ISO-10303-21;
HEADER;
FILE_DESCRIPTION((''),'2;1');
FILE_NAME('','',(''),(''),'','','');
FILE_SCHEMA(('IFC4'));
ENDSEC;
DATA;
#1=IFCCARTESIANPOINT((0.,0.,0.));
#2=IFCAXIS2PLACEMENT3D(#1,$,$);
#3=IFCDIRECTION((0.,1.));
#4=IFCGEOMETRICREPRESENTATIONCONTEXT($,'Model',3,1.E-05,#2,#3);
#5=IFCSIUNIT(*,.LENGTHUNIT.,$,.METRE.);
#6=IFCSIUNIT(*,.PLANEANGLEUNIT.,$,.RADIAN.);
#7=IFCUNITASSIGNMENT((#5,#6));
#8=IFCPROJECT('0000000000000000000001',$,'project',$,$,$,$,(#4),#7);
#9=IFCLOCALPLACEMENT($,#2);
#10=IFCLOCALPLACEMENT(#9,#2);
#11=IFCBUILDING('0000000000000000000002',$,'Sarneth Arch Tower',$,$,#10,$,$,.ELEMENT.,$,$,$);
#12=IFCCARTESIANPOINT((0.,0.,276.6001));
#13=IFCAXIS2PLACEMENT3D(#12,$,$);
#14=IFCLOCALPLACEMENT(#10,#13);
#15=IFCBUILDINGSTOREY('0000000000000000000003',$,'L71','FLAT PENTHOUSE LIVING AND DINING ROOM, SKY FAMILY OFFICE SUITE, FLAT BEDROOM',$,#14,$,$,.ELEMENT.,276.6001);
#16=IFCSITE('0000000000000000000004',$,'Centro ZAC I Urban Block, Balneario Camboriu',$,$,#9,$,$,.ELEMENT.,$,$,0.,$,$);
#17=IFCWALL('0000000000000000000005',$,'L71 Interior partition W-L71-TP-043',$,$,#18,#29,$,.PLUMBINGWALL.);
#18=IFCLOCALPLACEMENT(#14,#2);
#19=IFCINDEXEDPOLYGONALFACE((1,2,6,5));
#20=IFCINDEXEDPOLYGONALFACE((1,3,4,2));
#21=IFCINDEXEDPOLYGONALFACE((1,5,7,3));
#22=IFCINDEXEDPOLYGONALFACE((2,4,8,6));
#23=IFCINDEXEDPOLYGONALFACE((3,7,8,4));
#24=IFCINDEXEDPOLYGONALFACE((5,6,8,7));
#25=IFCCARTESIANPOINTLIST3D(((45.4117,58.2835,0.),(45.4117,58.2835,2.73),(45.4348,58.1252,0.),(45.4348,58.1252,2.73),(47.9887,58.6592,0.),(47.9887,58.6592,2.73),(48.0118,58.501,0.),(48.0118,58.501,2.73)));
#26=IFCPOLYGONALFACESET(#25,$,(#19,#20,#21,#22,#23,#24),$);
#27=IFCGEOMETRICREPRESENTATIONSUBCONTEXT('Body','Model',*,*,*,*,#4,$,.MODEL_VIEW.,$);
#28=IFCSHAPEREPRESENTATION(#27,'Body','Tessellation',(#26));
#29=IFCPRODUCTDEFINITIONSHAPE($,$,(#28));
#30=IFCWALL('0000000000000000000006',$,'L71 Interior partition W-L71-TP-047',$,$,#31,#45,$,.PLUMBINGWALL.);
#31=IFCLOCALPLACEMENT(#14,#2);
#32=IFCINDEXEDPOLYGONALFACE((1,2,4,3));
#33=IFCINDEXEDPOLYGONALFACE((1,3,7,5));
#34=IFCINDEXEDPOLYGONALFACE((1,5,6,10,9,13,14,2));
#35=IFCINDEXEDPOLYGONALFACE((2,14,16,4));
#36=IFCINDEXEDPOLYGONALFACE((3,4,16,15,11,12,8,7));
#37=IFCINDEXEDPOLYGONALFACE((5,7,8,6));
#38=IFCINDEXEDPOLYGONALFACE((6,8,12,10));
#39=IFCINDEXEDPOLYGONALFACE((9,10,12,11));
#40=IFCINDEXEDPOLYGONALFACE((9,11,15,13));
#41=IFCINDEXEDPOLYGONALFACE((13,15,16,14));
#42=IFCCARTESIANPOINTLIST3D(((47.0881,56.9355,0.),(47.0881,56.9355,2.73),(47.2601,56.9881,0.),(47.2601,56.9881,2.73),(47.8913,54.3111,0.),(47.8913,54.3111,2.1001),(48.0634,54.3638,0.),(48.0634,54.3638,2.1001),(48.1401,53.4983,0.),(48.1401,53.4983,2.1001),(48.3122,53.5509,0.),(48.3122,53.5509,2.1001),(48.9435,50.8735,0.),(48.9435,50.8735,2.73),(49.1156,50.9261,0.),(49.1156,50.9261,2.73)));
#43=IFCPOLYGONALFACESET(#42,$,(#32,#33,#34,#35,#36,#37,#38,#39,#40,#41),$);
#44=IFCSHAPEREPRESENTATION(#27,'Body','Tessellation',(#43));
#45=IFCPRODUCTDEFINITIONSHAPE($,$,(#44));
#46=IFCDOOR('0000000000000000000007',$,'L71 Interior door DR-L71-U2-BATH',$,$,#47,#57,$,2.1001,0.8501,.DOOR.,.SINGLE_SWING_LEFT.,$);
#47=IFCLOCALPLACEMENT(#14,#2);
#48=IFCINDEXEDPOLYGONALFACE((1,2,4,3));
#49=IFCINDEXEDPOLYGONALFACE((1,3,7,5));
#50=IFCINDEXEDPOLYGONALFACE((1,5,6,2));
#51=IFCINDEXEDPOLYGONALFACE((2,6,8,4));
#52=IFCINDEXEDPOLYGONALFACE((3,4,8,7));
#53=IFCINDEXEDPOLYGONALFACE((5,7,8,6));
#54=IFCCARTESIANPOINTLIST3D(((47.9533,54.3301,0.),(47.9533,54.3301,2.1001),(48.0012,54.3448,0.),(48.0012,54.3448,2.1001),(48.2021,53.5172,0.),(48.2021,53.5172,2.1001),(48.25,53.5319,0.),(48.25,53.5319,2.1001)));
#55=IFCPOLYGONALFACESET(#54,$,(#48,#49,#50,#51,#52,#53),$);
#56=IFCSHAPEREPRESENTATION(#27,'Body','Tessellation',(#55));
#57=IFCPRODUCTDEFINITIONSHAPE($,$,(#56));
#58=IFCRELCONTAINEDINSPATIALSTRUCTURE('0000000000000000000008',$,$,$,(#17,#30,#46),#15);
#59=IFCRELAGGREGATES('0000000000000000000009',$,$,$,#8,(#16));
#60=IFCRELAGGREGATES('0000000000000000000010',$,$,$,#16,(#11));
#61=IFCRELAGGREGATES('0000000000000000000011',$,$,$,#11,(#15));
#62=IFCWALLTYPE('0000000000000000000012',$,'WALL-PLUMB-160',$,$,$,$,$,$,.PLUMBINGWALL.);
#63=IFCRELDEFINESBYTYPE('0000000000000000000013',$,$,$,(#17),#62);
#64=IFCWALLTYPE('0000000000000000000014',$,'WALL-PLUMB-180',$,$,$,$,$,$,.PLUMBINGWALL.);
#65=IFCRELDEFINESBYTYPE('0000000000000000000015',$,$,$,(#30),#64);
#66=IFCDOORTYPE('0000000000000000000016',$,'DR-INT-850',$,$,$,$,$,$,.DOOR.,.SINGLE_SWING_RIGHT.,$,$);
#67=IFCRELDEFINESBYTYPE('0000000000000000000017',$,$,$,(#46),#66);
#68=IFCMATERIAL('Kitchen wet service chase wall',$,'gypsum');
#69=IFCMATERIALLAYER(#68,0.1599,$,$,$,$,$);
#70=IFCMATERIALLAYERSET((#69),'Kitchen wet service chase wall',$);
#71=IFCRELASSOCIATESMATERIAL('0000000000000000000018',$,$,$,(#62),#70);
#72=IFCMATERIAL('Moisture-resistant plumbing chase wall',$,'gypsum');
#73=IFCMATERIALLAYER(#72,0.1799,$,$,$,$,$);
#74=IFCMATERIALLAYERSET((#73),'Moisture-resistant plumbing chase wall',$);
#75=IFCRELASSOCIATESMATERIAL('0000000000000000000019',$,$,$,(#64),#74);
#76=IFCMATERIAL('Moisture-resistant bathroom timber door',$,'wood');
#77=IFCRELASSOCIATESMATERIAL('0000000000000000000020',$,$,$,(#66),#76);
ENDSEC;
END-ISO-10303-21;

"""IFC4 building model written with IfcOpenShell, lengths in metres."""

from ifc_helpers import new_model, si_unit, direction, frame, frame_2d, origin, place, context, subcontext, project, spatial, rectangle, extrude, material, layer, layer_set, type_object, element, fill, save


model = new_model("IFC4")

# Units and contexts
model_context = context("Model", 3, precision=1e-05, world=origin(), true_north=direction((0.0, 1.0)))
body_context = subcontext(model_context, "Body", "Model", "MODEL_VIEW")
ifc_project = project(units=[si_unit("LENGTHUNIT", "METRE"), si_unit("PLANEANGLEUNIT", "RADIAN")], contexts=[model_context])

# Site, building, storey
site_placement = place(None, origin())
site = spatial("IfcSite", under=ifc_project, at=site_placement, Name="Centro ZAC I Urban Block, Balneario Camboriu", CompositionType="ELEMENT", RefElevation=0.0)
building_placement = place(site_placement, origin())
building = spatial("IfcBuilding", under=site, at=building_placement, Name="Sarneth Arch Tower", CompositionType="ELEMENT")
storey_placement = place(building_placement, frame((0.0, 0.0, 276.6001)))
storey = spatial("IfcBuildingStorey", under=building, at=storey_placement, Name="L71", Description="FLAT PENTHOUSE LIVING AND DINING ROOM, SKY FAMILY OFFICE SUITE, FLAT BEDROOM", CompositionType="ELEMENT", Elevation=276.6001)

# Wall
ifc_material_1 = material(Name="Kitchen wet service chase wall", Category="gypsum")
ifc_layer_1 = layer(ifc_material_1, 0.1599)
ifc_layer_set_1 = layer_set([ifc_layer_1], Name="Kitchen wet service chase wall")
wall_type_1 = type_object("IfcWallType", Name="WALL-PLUMB-160", PredefinedType="PLUMBINGWALL", material=ifc_layer_set_1)
wall_1_placement = place(storey_placement, frame((45.4231, 58.2043, 0.0), z_axis=(0.0, 0.0, 1.0), x_axis=(0.989537, 0.144282, 0.0)))
element("IfcWall", 1, at=wall_1_placement, inside=storey, type_object=wall_type_1, Name="L71 Interior partition W-L71-TP-043", PredefinedType="PLUMBINGWALL", context=body_context, shape_type="SweptSolid", body=[
    extrude(rectangle(XDim=2.6042, YDim=0.1599, at=frame_2d((1.3022, 0.0))), origin(), (0.0, 0.0, 1.0), 2.73),
])

# Wall, opening, door
ifc_material_2 = material(Name="Moisture-resistant plumbing chase wall", Category="gypsum")
ifc_layer_2 = layer(ifc_material_2, 0.1799)
ifc_layer_set_2 = layer_set([ifc_layer_2], Name="Moisture-resistant plumbing chase wall")
wall_type_2 = type_object("IfcWallType", Name="WALL-PLUMB-180", PredefinedType="PLUMBINGWALL", material=ifc_layer_set_2)
wall_2_placement = place(storey_placement, frame((47.1741, 56.9619, 0.0), z_axis=(0.0, 0.0, 1.0), x_axis=(0.292678, -0.956211, 0.0)))
wall_2 = element("IfcWall", 2, at=wall_2_placement, inside=storey, type_object=wall_type_2, Name="L71 Interior partition W-L71-TP-047", PredefinedType="PLUMBINGWALL", context=body_context, shape_type="SweptSolid", body=[
    extrude(rectangle(XDim=6.3396, YDim=0.1799, at=frame_2d((3.1699, 0.0))), origin(), (0.0, 0.0, 1.0), 2.73),
])
opening_1_placement = place(wall_2_placement, frame((2.7446, 0.0, 0.0)))
opening_1 = element("IfcOpeningElement", 3, at=opening_1_placement, cuts=wall_2, PredefinedType="OPENING", context=body_context, shape_type="SweptSolid", body=[
    extrude(rectangle(XDim=0.8501, YDim=2.1001, at=frame_2d((0.425, 1.05))), frame((0.0, 0.0999, 0.0), z_axis=(0.0, -1.0, 0.0), x_axis=(1.0, 0.0, 0.0)), (0.0, 0.0, 1.0), 0.2),
])
ifc_material_3 = material(Name="Moisture-resistant bathroom timber door", Category="wood")
door_type_1 = type_object("IfcDoorType", Name="DR-INT-850", OperationType="SINGLE_SWING_RIGHT", PredefinedType="DOOR", material=ifc_material_3)
door_1_placement = place(opening_1_placement, origin())
door_1 = element("IfcDoor", 4, at=door_1_placement, inside=storey, type_object=door_type_1, Name="L71 Interior door DR-L71-U2-BATH", OperationType="SINGLE_SWING_LEFT", OverallHeight=2.1001, OverallWidth=0.8501, PredefinedType="DOOR", context=body_context, shape_type="SweptSolid", body=[
    extrude(rectangle(XDim=0.8501, YDim=2.1001, at=frame_2d((0.425, 1.05))), frame((0.0, 0.0249, 0.0), z_axis=(0.0, -1.0, 0.0), x_axis=(1.0, 0.0, 0.0)), (0.0, 0.0, 1.0), 0.05),
])
fill(opening_1, door_1)

save(model, "model.ifc")
